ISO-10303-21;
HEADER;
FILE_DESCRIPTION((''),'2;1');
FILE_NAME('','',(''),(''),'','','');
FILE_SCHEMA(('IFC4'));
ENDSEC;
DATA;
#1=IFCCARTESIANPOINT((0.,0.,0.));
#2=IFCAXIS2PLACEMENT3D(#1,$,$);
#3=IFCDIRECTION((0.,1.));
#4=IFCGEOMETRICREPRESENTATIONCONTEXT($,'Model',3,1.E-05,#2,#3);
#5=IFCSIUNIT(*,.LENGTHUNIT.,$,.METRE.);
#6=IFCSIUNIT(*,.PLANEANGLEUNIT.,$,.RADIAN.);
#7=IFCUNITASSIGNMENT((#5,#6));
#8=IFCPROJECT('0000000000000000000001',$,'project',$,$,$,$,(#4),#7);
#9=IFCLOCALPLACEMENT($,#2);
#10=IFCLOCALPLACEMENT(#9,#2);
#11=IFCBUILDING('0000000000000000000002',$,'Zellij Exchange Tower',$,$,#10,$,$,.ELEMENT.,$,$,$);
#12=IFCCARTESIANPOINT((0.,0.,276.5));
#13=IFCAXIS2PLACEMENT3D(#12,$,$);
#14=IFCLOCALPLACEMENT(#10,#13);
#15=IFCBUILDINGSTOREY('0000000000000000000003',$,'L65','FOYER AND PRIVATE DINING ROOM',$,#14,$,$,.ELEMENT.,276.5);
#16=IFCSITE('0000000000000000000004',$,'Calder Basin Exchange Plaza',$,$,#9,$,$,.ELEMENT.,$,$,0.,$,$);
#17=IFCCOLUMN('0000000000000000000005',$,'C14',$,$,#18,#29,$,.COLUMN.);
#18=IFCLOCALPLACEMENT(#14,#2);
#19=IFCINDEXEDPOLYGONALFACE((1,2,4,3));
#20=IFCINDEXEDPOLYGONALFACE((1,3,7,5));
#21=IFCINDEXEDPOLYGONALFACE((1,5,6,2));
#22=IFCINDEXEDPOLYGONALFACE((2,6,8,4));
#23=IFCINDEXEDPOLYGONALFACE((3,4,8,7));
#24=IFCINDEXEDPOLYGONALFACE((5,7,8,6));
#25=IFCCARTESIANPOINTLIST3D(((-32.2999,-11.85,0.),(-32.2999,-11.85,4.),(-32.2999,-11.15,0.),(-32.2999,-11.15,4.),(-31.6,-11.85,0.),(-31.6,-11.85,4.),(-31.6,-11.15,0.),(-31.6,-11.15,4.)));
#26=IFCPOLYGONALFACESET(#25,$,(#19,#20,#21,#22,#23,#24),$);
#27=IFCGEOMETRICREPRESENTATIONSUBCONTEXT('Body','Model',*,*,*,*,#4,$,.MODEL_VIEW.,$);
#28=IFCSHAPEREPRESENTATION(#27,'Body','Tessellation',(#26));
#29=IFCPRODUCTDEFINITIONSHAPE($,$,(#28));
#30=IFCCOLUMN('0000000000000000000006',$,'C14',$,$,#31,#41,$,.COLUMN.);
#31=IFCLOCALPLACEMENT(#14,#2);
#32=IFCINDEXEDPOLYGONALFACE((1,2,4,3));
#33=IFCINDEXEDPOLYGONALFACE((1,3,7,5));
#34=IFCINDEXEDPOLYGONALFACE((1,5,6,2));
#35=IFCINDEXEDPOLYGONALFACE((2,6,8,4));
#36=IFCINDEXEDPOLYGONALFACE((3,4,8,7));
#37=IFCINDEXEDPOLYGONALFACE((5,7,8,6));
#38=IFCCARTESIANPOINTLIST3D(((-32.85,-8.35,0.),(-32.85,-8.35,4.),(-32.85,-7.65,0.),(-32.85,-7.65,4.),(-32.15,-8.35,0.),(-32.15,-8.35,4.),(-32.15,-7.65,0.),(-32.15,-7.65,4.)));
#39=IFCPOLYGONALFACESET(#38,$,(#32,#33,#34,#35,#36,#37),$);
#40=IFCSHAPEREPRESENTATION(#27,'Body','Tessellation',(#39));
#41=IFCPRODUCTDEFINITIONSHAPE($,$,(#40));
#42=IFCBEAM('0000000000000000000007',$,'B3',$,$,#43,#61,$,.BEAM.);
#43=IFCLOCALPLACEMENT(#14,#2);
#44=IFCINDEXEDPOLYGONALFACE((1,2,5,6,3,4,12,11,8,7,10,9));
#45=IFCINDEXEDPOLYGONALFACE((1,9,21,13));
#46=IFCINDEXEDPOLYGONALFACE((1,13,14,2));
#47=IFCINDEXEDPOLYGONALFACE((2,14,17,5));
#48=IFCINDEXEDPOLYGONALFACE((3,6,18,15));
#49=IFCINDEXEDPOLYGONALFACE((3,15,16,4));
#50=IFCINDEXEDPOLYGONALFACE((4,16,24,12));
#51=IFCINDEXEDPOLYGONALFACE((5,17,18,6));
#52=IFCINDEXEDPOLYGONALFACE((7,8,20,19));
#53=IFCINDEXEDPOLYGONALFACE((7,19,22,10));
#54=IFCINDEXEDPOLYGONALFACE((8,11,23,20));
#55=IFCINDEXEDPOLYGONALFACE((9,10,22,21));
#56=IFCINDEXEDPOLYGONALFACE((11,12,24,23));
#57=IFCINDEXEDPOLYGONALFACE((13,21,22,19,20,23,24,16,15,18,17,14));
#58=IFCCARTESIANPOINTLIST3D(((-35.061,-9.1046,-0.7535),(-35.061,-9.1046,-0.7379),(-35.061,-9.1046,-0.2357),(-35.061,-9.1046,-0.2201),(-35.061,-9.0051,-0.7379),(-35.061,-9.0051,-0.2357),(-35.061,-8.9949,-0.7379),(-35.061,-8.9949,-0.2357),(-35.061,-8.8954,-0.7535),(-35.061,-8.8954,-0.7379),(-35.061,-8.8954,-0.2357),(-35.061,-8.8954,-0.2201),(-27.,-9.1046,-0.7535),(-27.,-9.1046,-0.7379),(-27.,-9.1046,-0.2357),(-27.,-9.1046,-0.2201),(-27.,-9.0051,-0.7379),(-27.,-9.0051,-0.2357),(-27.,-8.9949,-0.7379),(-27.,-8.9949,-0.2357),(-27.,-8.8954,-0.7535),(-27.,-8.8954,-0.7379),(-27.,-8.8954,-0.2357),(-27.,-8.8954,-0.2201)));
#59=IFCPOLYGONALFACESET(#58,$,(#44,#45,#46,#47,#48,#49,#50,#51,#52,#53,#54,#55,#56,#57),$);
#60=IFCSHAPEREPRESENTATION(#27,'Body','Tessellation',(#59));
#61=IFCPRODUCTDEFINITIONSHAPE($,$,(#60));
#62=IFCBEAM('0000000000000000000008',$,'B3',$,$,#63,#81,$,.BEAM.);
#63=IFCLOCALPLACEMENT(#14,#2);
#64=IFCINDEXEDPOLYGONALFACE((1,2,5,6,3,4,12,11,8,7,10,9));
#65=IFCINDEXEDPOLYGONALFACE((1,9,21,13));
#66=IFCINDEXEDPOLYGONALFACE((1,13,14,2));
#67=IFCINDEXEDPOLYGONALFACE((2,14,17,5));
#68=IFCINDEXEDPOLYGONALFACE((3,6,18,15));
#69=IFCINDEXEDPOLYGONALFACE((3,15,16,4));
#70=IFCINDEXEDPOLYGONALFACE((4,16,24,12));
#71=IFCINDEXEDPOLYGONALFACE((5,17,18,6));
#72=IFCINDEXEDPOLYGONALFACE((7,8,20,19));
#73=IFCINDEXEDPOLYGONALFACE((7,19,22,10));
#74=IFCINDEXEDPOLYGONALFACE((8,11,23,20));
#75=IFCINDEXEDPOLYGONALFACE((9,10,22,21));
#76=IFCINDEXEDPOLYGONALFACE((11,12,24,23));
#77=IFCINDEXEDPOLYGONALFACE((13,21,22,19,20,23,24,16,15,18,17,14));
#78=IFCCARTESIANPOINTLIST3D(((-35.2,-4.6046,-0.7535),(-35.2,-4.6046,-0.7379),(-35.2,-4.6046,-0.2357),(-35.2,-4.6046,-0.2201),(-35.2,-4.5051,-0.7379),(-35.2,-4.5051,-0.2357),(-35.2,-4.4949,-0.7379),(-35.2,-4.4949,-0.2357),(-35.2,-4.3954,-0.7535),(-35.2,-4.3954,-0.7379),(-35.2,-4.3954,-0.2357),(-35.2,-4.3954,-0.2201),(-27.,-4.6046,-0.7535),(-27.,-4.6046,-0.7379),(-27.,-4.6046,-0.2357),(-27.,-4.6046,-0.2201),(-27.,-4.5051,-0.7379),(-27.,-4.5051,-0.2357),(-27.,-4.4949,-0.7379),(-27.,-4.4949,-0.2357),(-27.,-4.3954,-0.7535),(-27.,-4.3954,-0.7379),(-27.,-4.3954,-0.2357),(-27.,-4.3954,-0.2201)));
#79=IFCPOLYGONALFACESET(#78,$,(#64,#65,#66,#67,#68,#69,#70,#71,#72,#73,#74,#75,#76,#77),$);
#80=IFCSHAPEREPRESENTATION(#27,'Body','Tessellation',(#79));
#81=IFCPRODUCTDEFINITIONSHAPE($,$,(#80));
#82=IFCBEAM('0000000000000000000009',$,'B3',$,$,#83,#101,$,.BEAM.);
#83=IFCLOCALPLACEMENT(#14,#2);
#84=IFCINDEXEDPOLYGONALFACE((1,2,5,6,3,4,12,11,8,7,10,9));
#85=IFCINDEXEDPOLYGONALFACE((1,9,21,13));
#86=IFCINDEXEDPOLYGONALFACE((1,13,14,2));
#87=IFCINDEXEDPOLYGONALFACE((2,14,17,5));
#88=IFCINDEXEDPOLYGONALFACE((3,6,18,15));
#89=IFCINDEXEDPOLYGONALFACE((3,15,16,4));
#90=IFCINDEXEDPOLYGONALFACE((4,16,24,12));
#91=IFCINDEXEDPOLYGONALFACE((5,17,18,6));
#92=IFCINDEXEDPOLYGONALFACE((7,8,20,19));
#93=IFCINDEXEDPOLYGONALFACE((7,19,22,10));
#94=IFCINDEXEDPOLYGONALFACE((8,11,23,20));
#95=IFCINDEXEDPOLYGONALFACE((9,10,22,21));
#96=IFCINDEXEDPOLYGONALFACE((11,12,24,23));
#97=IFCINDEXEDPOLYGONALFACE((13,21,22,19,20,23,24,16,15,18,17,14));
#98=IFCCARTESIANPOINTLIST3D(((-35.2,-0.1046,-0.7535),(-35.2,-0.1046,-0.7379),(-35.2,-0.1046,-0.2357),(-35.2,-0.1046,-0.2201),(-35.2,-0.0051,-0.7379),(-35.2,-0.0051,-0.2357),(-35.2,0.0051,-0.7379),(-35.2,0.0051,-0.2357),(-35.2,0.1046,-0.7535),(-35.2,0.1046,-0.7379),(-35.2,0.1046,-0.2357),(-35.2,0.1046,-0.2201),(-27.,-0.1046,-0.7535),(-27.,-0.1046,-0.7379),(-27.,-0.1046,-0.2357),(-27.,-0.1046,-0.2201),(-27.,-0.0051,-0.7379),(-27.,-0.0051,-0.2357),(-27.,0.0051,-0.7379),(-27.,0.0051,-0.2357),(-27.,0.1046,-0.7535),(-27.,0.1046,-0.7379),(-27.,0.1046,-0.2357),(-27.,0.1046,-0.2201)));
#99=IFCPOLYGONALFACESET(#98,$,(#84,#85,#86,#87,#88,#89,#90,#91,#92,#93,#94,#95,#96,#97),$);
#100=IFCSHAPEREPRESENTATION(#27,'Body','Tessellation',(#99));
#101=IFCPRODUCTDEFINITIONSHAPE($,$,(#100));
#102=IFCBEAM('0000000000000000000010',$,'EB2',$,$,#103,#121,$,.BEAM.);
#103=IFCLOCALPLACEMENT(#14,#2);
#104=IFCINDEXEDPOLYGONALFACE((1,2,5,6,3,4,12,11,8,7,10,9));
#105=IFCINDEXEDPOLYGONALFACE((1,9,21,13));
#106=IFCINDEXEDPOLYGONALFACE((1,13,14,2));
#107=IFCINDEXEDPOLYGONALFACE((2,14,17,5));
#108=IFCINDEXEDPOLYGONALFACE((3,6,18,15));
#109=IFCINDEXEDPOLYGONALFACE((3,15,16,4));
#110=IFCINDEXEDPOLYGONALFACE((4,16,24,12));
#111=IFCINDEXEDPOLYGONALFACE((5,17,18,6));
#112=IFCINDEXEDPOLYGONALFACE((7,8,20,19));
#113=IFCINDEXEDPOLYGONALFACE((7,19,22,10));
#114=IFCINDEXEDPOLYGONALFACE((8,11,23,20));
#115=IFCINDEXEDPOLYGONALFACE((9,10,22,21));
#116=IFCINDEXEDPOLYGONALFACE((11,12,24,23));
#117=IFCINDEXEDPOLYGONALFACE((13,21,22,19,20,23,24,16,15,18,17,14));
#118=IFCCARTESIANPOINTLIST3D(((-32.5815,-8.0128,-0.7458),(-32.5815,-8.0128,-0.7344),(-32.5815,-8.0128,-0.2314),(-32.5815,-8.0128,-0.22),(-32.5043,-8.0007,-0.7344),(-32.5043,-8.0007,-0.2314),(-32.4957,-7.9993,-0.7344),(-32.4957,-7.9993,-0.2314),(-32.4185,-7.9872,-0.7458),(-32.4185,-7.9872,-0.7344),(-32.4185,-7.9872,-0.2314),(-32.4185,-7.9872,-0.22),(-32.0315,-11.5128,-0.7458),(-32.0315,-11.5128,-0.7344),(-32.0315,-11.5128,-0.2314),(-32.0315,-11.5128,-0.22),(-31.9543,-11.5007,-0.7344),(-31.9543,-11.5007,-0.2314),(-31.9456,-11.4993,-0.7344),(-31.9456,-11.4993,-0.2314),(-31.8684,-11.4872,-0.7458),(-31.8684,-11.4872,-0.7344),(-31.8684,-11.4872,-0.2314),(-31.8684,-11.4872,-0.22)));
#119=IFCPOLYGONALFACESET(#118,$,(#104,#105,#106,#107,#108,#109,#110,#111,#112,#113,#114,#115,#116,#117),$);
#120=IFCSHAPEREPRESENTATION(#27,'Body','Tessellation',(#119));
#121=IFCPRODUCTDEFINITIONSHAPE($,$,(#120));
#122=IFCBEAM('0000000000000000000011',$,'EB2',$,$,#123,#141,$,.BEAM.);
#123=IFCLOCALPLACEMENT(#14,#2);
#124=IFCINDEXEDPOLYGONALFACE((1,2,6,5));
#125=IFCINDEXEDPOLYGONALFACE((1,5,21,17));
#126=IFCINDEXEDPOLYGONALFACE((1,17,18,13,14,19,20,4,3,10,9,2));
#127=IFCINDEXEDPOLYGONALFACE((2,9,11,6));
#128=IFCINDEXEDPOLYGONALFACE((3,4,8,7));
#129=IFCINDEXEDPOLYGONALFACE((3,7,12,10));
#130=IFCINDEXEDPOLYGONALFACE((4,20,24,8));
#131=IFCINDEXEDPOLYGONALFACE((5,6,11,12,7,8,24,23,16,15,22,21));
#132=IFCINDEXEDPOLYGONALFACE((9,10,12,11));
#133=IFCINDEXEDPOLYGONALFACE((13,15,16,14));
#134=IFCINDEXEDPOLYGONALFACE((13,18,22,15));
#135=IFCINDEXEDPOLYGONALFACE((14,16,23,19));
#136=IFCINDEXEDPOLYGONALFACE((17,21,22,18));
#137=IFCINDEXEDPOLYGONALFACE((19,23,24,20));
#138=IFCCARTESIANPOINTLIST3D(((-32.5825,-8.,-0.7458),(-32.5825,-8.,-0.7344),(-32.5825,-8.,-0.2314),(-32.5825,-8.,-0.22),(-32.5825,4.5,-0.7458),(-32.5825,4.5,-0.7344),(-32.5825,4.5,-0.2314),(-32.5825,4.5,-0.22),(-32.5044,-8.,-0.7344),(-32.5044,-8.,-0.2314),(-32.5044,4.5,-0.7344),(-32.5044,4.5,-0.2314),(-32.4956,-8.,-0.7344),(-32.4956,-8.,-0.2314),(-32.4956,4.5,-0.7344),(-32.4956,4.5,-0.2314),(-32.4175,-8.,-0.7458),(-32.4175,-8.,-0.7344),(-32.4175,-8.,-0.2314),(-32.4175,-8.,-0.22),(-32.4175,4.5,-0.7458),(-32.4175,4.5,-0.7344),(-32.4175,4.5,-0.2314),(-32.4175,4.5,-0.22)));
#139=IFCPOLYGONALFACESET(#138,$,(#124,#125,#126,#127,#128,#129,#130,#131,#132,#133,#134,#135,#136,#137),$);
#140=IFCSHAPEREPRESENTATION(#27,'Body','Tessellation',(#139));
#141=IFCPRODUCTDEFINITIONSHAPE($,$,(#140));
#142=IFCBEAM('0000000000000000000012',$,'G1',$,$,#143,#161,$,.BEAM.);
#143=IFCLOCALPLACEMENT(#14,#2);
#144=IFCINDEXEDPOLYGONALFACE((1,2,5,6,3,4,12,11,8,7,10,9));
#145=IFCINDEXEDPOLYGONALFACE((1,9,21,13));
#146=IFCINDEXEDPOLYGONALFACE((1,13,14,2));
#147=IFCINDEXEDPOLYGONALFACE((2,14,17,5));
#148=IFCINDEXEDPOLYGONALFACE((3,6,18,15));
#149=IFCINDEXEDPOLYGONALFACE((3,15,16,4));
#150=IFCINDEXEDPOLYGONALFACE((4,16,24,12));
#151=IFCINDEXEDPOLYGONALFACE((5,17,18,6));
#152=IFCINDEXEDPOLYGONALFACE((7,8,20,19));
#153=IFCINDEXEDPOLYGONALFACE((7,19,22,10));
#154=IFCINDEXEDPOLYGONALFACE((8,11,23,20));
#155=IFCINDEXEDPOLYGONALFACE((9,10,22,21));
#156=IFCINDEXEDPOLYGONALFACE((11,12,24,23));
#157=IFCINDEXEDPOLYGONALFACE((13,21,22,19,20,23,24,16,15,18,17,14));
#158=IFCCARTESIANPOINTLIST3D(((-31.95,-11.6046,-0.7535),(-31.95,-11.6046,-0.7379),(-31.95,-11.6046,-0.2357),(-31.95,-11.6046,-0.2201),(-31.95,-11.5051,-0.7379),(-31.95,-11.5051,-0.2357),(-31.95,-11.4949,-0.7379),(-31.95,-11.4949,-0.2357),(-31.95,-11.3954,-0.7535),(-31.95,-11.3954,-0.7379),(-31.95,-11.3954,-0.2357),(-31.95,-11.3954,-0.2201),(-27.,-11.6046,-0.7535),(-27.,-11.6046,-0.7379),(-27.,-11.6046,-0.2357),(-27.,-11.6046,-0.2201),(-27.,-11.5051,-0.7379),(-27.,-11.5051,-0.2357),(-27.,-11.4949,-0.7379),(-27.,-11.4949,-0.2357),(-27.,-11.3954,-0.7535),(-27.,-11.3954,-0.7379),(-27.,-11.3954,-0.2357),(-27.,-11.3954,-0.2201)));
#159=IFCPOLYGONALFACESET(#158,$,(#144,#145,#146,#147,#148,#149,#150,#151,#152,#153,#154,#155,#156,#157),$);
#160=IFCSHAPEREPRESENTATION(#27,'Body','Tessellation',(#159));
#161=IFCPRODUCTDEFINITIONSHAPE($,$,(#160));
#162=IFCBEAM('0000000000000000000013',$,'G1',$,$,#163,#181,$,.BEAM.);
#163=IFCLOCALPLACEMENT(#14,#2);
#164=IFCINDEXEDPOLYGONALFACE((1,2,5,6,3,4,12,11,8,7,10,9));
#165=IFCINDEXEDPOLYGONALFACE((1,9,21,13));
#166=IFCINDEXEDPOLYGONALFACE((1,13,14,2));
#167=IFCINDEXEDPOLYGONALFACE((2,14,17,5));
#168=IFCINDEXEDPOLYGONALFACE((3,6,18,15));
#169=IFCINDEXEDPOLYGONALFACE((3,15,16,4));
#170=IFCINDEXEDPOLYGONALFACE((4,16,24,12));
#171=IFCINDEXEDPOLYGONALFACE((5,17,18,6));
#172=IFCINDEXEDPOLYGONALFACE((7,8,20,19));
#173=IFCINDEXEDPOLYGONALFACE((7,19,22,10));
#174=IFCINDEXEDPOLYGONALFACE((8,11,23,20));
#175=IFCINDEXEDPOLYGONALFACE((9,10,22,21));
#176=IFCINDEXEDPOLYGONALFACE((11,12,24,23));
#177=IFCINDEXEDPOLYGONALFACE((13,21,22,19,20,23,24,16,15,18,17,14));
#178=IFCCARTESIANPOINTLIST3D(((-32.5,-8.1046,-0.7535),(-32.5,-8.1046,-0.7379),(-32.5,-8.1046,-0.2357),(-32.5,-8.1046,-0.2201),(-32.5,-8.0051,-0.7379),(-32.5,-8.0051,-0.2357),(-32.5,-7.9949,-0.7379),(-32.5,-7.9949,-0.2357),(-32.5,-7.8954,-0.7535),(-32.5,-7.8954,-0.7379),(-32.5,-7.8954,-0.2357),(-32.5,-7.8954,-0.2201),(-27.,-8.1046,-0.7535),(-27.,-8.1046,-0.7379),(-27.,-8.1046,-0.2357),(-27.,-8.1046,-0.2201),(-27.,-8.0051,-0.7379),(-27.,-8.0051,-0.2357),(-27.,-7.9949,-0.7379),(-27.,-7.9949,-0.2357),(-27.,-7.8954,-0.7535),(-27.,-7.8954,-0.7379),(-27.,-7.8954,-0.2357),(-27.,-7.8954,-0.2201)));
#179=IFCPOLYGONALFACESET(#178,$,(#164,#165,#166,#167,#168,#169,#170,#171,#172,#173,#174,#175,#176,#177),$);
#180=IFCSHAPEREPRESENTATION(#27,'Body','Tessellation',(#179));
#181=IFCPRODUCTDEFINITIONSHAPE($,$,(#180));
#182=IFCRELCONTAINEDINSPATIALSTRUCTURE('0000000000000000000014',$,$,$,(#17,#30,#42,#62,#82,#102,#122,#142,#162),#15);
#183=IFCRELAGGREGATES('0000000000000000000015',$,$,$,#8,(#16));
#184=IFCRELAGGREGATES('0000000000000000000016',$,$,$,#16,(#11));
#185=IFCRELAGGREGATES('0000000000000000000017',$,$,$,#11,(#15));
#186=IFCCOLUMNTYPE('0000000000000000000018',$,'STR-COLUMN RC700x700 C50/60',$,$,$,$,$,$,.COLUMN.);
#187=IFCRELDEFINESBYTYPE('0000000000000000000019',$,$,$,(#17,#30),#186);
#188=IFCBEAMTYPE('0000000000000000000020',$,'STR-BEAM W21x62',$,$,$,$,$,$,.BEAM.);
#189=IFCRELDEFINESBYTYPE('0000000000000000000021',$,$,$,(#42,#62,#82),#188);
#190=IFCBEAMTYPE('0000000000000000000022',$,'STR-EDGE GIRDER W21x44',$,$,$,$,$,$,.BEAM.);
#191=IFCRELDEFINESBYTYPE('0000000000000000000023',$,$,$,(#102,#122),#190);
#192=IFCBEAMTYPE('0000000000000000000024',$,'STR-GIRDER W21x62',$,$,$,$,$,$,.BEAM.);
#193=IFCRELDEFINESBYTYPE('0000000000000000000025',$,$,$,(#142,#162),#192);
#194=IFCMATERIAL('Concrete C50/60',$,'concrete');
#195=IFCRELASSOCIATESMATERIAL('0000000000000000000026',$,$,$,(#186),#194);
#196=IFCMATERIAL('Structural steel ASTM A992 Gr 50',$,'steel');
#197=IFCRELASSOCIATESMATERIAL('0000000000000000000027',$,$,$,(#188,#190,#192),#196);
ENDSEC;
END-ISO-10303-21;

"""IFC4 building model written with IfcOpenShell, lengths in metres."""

from ifc_helpers import new_model, si_unit, direction, frame, origin, origin_2d, place, context, subcontext, project, spatial, rectangle, i_section, extrude, material, material_profile, profile_set, type_object, element, save


model = new_model("IFC4")

# Units and contexts
model_context = context("Model", 3, precision=1e-05, world=origin(), true_north=direction((0.0, 1.0)))
body_context = subcontext(model_context, "Body", "Model", "MODEL_VIEW")
ifc_project = project(units=[si_unit("LENGTHUNIT", "METRE"), si_unit("PLANEANGLEUNIT", "RADIAN")], contexts=[model_context])

# Site, building, storey
site_placement = place(None, origin())
site = spatial("IfcSite", under=ifc_project, at=site_placement, Name="Calder Basin Exchange Plaza", CompositionType="ELEMENT", RefElevation=0.0)
building_placement = place(site_placement, origin())
building = spatial("IfcBuilding", under=site, at=building_placement, Name="Zellij Exchange Tower", CompositionType="ELEMENT")
storey_placement = place(building_placement, frame((0.0, 0.0, 276.5)))
storey = spatial("IfcBuildingStorey", under=building, at=storey_placement, Name="L65", Description="FOYER AND PRIVATE DINING ROOM", CompositionType="ELEMENT", Elevation=276.5)

# Columns
ifc_material_1 = material(Name="Concrete C50/60", Category="concrete")
ifc_material_profile_1 = material_profile(ifc_material_1, rectangle(XDim=0.7, YDim=0.7, at=origin_2d()), Name="STR-COLUMN RC700x700 C50/60")
ifc_profile_set_1 = profile_set([ifc_material_profile_1], Name="Concrete C50/60")
column_type = type_object("IfcColumnType", Name="STR-COLUMN RC700x700 C50/60", PredefinedType="COLUMN", material=ifc_profile_set_1)
for number, where, z_axis, x_axis, name in (
    (1, (-31.95, -11.5, 0.0), (0.0, 0.0, 1.0), (1.0, 0.0, 0.0), "C14"),
    (2, (-32.5, -8.0, 0.0), (0.0, 0.0, 1.0), (1.0, 0.0, 0.0), "C14"),
):
    element("IfcColumn", number, at=place(storey_placement, frame(where, z_axis=z_axis, x_axis=x_axis)), inside=storey, type_object=column_type, Name=name, PredefinedType="COLUMN", context=body_context, shape_type="SweptSolid", body=[
        extrude(rectangle(XDim=0.7, YDim=0.7, at=origin_2d()), origin(), (0.0, 0.0, 1.0), 4.0),
    ])

# Beams
ifc_material_2 = material(Name="Structural steel ASTM A992 Gr 50", Category="steel")
ifc_material_profile_2 = material_profile(ifc_material_2, i_section(OverallWidth=0.2092, OverallDepth=0.5334, WebThickness=0.0103, FlangeThickness=0.0156, at=origin_2d()), Name="W21x62")
ifc_profile_set_2 = profile_set([ifc_material_profile_2], Name="Structural steel ASTM A992 Gr 50")
beam_type_1 = type_object("IfcBeamType", Name="STR-BEAM W21x62", PredefinedType="BEAM", material=ifc_profile_set_2)
beam_1_placement = place(storey_placement, frame((-35.061, -9.0, -0.4868), z_axis=(1.0, 0.0, 0.0), x_axis=(0.0, 1.0, 0.0)))
element("IfcBeam", 3, at=beam_1_placement, inside=storey, type_object=beam_type_1, Name="B3", PredefinedType="BEAM", context=body_context, shape_type="SweptSolid", body=[
    extrude(i_section(OverallWidth=0.2092, OverallDepth=0.5334, WebThickness=0.0103, FlangeThickness=0.0156, at=origin_2d()), origin(), (0.0, 0.0, 1.0), 8.061),
])
for number, where, z_axis, x_axis, name in (
    (4, (-35.2, -4.5, -0.4868), (1.0, 0.0, 0.0), (0.0, 1.0, 0.0), "B3"),
    (5, (-35.2, 0.0, -0.4868), (1.0, 0.0, 0.0), (0.0, 1.0, 0.0), "B3"),
):
    element("IfcBeam", number, at=place(storey_placement, frame(where, z_axis=z_axis, x_axis=x_axis)), inside=storey, type_object=beam_type_1, Name=name, PredefinedType="BEAM", context=body_context, shape_type="SweptSolid", body=[
        extrude(i_section(OverallWidth=0.2092, OverallDepth=0.5334, WebThickness=0.0103, FlangeThickness=0.0156, at=origin_2d()), origin(), (0.0, 0.0, 1.0), 8.2),
    ])
ifc_material_profile_3 = material_profile(ifc_material_2, i_section(OverallWidth=0.165, OverallDepth=0.5259, WebThickness=0.0088, FlangeThickness=0.0115, at=origin_2d()), Name="W21x44")
ifc_profile_set_3 = profile_set([ifc_material_profile_3], Name="Structural steel ASTM A992 Gr 50")
beam_type_2 = type_object("IfcBeamType", Name="STR-EDGE GIRDER W21x44", PredefinedType="BEAM", material=ifc_profile_set_3)
beam_2_placement = place(storey_placement, frame((-31.95, -11.5, -0.4829), z_axis=(-0.155251, 0.987875, 0.0), x_axis=(-0.987875, -0.155251, 0.0)))
element("IfcBeam", 6, at=beam_2_placement, inside=storey, type_object=beam_type_2, Name="EB2", PredefinedType="BEAM", context=body_context, shape_type="SweptSolid", body=[
    extrude(i_section(OverallWidth=0.165, OverallDepth=0.5259, WebThickness=0.0088, FlangeThickness=0.0115, at=origin_2d()), origin(), (0.0, 0.0, 1.0), 3.543),
])
beam_3_placement = place(storey_placement, frame((-32.5, -8.0, -0.4829), z_axis=(0.0, 1.0, 0.0), x_axis=(-1.0, 0.0, 0.0)))
element("IfcBeam", 7, at=beam_3_placement, inside=storey, type_object=beam_type_2, Name="EB2", PredefinedType="BEAM", context=body_context, shape_type="SweptSolid", body=[
    extrude(i_section(OverallWidth=0.165, OverallDepth=0.5259, WebThickness=0.0088, FlangeThickness=0.0115, at=origin_2d()), origin(), (0.0, 0.0, 1.0), 12.5),
])
ifc_material_profile_4 = material_profile(ifc_material_2, i_section(OverallWidth=0.2092, OverallDepth=0.5334, WebThickness=0.0103, FlangeThickness=0.0156, at=origin_2d()), Name="W21x62")
ifc_profile_set_4 = profile_set([ifc_material_profile_4], Name="Structural steel ASTM A992 Gr 50")
beam_type_3 = type_object("IfcBeamType", Name="STR-GIRDER W21x62", PredefinedType="BEAM", material=ifc_profile_set_4)
beam_4_placement = place(storey_placement, frame((-31.95, -11.5, -0.4868), z_axis=(1.0, 0.0, 0.0), x_axis=(0.0, 1.0, 0.0)))
element("IfcBeam", 8, at=beam_4_placement, inside=storey, type_object=beam_type_3, Name="G1", PredefinedType="BEAM", context=body_context, shape_type="SweptSolid", body=[
    extrude(i_section(OverallWidth=0.2092, OverallDepth=0.5334, WebThickness=0.0103, FlangeThickness=0.0156, at=origin_2d()), origin(), (0.0, 0.0, 1.0), 4.95),
])
beam_5_placement = place(storey_placement, frame((-32.5, -8.0, -0.4868), z_axis=(1.0, 0.0, 0.0), x_axis=(0.0, 1.0, 0.0)))
element("IfcBeam", 9, at=beam_5_placement, inside=storey, type_object=beam_type_3, Name="G1", PredefinedType="BEAM", context=body_context, shape_type="SweptSolid", body=[
    extrude(i_section(OverallWidth=0.2092, OverallDepth=0.5334, WebThickness=0.0103, FlangeThickness=0.0156, at=origin_2d()), origin(), (0.0, 0.0, 1.0), 5.5),
])

save(model, "model.ifc")
